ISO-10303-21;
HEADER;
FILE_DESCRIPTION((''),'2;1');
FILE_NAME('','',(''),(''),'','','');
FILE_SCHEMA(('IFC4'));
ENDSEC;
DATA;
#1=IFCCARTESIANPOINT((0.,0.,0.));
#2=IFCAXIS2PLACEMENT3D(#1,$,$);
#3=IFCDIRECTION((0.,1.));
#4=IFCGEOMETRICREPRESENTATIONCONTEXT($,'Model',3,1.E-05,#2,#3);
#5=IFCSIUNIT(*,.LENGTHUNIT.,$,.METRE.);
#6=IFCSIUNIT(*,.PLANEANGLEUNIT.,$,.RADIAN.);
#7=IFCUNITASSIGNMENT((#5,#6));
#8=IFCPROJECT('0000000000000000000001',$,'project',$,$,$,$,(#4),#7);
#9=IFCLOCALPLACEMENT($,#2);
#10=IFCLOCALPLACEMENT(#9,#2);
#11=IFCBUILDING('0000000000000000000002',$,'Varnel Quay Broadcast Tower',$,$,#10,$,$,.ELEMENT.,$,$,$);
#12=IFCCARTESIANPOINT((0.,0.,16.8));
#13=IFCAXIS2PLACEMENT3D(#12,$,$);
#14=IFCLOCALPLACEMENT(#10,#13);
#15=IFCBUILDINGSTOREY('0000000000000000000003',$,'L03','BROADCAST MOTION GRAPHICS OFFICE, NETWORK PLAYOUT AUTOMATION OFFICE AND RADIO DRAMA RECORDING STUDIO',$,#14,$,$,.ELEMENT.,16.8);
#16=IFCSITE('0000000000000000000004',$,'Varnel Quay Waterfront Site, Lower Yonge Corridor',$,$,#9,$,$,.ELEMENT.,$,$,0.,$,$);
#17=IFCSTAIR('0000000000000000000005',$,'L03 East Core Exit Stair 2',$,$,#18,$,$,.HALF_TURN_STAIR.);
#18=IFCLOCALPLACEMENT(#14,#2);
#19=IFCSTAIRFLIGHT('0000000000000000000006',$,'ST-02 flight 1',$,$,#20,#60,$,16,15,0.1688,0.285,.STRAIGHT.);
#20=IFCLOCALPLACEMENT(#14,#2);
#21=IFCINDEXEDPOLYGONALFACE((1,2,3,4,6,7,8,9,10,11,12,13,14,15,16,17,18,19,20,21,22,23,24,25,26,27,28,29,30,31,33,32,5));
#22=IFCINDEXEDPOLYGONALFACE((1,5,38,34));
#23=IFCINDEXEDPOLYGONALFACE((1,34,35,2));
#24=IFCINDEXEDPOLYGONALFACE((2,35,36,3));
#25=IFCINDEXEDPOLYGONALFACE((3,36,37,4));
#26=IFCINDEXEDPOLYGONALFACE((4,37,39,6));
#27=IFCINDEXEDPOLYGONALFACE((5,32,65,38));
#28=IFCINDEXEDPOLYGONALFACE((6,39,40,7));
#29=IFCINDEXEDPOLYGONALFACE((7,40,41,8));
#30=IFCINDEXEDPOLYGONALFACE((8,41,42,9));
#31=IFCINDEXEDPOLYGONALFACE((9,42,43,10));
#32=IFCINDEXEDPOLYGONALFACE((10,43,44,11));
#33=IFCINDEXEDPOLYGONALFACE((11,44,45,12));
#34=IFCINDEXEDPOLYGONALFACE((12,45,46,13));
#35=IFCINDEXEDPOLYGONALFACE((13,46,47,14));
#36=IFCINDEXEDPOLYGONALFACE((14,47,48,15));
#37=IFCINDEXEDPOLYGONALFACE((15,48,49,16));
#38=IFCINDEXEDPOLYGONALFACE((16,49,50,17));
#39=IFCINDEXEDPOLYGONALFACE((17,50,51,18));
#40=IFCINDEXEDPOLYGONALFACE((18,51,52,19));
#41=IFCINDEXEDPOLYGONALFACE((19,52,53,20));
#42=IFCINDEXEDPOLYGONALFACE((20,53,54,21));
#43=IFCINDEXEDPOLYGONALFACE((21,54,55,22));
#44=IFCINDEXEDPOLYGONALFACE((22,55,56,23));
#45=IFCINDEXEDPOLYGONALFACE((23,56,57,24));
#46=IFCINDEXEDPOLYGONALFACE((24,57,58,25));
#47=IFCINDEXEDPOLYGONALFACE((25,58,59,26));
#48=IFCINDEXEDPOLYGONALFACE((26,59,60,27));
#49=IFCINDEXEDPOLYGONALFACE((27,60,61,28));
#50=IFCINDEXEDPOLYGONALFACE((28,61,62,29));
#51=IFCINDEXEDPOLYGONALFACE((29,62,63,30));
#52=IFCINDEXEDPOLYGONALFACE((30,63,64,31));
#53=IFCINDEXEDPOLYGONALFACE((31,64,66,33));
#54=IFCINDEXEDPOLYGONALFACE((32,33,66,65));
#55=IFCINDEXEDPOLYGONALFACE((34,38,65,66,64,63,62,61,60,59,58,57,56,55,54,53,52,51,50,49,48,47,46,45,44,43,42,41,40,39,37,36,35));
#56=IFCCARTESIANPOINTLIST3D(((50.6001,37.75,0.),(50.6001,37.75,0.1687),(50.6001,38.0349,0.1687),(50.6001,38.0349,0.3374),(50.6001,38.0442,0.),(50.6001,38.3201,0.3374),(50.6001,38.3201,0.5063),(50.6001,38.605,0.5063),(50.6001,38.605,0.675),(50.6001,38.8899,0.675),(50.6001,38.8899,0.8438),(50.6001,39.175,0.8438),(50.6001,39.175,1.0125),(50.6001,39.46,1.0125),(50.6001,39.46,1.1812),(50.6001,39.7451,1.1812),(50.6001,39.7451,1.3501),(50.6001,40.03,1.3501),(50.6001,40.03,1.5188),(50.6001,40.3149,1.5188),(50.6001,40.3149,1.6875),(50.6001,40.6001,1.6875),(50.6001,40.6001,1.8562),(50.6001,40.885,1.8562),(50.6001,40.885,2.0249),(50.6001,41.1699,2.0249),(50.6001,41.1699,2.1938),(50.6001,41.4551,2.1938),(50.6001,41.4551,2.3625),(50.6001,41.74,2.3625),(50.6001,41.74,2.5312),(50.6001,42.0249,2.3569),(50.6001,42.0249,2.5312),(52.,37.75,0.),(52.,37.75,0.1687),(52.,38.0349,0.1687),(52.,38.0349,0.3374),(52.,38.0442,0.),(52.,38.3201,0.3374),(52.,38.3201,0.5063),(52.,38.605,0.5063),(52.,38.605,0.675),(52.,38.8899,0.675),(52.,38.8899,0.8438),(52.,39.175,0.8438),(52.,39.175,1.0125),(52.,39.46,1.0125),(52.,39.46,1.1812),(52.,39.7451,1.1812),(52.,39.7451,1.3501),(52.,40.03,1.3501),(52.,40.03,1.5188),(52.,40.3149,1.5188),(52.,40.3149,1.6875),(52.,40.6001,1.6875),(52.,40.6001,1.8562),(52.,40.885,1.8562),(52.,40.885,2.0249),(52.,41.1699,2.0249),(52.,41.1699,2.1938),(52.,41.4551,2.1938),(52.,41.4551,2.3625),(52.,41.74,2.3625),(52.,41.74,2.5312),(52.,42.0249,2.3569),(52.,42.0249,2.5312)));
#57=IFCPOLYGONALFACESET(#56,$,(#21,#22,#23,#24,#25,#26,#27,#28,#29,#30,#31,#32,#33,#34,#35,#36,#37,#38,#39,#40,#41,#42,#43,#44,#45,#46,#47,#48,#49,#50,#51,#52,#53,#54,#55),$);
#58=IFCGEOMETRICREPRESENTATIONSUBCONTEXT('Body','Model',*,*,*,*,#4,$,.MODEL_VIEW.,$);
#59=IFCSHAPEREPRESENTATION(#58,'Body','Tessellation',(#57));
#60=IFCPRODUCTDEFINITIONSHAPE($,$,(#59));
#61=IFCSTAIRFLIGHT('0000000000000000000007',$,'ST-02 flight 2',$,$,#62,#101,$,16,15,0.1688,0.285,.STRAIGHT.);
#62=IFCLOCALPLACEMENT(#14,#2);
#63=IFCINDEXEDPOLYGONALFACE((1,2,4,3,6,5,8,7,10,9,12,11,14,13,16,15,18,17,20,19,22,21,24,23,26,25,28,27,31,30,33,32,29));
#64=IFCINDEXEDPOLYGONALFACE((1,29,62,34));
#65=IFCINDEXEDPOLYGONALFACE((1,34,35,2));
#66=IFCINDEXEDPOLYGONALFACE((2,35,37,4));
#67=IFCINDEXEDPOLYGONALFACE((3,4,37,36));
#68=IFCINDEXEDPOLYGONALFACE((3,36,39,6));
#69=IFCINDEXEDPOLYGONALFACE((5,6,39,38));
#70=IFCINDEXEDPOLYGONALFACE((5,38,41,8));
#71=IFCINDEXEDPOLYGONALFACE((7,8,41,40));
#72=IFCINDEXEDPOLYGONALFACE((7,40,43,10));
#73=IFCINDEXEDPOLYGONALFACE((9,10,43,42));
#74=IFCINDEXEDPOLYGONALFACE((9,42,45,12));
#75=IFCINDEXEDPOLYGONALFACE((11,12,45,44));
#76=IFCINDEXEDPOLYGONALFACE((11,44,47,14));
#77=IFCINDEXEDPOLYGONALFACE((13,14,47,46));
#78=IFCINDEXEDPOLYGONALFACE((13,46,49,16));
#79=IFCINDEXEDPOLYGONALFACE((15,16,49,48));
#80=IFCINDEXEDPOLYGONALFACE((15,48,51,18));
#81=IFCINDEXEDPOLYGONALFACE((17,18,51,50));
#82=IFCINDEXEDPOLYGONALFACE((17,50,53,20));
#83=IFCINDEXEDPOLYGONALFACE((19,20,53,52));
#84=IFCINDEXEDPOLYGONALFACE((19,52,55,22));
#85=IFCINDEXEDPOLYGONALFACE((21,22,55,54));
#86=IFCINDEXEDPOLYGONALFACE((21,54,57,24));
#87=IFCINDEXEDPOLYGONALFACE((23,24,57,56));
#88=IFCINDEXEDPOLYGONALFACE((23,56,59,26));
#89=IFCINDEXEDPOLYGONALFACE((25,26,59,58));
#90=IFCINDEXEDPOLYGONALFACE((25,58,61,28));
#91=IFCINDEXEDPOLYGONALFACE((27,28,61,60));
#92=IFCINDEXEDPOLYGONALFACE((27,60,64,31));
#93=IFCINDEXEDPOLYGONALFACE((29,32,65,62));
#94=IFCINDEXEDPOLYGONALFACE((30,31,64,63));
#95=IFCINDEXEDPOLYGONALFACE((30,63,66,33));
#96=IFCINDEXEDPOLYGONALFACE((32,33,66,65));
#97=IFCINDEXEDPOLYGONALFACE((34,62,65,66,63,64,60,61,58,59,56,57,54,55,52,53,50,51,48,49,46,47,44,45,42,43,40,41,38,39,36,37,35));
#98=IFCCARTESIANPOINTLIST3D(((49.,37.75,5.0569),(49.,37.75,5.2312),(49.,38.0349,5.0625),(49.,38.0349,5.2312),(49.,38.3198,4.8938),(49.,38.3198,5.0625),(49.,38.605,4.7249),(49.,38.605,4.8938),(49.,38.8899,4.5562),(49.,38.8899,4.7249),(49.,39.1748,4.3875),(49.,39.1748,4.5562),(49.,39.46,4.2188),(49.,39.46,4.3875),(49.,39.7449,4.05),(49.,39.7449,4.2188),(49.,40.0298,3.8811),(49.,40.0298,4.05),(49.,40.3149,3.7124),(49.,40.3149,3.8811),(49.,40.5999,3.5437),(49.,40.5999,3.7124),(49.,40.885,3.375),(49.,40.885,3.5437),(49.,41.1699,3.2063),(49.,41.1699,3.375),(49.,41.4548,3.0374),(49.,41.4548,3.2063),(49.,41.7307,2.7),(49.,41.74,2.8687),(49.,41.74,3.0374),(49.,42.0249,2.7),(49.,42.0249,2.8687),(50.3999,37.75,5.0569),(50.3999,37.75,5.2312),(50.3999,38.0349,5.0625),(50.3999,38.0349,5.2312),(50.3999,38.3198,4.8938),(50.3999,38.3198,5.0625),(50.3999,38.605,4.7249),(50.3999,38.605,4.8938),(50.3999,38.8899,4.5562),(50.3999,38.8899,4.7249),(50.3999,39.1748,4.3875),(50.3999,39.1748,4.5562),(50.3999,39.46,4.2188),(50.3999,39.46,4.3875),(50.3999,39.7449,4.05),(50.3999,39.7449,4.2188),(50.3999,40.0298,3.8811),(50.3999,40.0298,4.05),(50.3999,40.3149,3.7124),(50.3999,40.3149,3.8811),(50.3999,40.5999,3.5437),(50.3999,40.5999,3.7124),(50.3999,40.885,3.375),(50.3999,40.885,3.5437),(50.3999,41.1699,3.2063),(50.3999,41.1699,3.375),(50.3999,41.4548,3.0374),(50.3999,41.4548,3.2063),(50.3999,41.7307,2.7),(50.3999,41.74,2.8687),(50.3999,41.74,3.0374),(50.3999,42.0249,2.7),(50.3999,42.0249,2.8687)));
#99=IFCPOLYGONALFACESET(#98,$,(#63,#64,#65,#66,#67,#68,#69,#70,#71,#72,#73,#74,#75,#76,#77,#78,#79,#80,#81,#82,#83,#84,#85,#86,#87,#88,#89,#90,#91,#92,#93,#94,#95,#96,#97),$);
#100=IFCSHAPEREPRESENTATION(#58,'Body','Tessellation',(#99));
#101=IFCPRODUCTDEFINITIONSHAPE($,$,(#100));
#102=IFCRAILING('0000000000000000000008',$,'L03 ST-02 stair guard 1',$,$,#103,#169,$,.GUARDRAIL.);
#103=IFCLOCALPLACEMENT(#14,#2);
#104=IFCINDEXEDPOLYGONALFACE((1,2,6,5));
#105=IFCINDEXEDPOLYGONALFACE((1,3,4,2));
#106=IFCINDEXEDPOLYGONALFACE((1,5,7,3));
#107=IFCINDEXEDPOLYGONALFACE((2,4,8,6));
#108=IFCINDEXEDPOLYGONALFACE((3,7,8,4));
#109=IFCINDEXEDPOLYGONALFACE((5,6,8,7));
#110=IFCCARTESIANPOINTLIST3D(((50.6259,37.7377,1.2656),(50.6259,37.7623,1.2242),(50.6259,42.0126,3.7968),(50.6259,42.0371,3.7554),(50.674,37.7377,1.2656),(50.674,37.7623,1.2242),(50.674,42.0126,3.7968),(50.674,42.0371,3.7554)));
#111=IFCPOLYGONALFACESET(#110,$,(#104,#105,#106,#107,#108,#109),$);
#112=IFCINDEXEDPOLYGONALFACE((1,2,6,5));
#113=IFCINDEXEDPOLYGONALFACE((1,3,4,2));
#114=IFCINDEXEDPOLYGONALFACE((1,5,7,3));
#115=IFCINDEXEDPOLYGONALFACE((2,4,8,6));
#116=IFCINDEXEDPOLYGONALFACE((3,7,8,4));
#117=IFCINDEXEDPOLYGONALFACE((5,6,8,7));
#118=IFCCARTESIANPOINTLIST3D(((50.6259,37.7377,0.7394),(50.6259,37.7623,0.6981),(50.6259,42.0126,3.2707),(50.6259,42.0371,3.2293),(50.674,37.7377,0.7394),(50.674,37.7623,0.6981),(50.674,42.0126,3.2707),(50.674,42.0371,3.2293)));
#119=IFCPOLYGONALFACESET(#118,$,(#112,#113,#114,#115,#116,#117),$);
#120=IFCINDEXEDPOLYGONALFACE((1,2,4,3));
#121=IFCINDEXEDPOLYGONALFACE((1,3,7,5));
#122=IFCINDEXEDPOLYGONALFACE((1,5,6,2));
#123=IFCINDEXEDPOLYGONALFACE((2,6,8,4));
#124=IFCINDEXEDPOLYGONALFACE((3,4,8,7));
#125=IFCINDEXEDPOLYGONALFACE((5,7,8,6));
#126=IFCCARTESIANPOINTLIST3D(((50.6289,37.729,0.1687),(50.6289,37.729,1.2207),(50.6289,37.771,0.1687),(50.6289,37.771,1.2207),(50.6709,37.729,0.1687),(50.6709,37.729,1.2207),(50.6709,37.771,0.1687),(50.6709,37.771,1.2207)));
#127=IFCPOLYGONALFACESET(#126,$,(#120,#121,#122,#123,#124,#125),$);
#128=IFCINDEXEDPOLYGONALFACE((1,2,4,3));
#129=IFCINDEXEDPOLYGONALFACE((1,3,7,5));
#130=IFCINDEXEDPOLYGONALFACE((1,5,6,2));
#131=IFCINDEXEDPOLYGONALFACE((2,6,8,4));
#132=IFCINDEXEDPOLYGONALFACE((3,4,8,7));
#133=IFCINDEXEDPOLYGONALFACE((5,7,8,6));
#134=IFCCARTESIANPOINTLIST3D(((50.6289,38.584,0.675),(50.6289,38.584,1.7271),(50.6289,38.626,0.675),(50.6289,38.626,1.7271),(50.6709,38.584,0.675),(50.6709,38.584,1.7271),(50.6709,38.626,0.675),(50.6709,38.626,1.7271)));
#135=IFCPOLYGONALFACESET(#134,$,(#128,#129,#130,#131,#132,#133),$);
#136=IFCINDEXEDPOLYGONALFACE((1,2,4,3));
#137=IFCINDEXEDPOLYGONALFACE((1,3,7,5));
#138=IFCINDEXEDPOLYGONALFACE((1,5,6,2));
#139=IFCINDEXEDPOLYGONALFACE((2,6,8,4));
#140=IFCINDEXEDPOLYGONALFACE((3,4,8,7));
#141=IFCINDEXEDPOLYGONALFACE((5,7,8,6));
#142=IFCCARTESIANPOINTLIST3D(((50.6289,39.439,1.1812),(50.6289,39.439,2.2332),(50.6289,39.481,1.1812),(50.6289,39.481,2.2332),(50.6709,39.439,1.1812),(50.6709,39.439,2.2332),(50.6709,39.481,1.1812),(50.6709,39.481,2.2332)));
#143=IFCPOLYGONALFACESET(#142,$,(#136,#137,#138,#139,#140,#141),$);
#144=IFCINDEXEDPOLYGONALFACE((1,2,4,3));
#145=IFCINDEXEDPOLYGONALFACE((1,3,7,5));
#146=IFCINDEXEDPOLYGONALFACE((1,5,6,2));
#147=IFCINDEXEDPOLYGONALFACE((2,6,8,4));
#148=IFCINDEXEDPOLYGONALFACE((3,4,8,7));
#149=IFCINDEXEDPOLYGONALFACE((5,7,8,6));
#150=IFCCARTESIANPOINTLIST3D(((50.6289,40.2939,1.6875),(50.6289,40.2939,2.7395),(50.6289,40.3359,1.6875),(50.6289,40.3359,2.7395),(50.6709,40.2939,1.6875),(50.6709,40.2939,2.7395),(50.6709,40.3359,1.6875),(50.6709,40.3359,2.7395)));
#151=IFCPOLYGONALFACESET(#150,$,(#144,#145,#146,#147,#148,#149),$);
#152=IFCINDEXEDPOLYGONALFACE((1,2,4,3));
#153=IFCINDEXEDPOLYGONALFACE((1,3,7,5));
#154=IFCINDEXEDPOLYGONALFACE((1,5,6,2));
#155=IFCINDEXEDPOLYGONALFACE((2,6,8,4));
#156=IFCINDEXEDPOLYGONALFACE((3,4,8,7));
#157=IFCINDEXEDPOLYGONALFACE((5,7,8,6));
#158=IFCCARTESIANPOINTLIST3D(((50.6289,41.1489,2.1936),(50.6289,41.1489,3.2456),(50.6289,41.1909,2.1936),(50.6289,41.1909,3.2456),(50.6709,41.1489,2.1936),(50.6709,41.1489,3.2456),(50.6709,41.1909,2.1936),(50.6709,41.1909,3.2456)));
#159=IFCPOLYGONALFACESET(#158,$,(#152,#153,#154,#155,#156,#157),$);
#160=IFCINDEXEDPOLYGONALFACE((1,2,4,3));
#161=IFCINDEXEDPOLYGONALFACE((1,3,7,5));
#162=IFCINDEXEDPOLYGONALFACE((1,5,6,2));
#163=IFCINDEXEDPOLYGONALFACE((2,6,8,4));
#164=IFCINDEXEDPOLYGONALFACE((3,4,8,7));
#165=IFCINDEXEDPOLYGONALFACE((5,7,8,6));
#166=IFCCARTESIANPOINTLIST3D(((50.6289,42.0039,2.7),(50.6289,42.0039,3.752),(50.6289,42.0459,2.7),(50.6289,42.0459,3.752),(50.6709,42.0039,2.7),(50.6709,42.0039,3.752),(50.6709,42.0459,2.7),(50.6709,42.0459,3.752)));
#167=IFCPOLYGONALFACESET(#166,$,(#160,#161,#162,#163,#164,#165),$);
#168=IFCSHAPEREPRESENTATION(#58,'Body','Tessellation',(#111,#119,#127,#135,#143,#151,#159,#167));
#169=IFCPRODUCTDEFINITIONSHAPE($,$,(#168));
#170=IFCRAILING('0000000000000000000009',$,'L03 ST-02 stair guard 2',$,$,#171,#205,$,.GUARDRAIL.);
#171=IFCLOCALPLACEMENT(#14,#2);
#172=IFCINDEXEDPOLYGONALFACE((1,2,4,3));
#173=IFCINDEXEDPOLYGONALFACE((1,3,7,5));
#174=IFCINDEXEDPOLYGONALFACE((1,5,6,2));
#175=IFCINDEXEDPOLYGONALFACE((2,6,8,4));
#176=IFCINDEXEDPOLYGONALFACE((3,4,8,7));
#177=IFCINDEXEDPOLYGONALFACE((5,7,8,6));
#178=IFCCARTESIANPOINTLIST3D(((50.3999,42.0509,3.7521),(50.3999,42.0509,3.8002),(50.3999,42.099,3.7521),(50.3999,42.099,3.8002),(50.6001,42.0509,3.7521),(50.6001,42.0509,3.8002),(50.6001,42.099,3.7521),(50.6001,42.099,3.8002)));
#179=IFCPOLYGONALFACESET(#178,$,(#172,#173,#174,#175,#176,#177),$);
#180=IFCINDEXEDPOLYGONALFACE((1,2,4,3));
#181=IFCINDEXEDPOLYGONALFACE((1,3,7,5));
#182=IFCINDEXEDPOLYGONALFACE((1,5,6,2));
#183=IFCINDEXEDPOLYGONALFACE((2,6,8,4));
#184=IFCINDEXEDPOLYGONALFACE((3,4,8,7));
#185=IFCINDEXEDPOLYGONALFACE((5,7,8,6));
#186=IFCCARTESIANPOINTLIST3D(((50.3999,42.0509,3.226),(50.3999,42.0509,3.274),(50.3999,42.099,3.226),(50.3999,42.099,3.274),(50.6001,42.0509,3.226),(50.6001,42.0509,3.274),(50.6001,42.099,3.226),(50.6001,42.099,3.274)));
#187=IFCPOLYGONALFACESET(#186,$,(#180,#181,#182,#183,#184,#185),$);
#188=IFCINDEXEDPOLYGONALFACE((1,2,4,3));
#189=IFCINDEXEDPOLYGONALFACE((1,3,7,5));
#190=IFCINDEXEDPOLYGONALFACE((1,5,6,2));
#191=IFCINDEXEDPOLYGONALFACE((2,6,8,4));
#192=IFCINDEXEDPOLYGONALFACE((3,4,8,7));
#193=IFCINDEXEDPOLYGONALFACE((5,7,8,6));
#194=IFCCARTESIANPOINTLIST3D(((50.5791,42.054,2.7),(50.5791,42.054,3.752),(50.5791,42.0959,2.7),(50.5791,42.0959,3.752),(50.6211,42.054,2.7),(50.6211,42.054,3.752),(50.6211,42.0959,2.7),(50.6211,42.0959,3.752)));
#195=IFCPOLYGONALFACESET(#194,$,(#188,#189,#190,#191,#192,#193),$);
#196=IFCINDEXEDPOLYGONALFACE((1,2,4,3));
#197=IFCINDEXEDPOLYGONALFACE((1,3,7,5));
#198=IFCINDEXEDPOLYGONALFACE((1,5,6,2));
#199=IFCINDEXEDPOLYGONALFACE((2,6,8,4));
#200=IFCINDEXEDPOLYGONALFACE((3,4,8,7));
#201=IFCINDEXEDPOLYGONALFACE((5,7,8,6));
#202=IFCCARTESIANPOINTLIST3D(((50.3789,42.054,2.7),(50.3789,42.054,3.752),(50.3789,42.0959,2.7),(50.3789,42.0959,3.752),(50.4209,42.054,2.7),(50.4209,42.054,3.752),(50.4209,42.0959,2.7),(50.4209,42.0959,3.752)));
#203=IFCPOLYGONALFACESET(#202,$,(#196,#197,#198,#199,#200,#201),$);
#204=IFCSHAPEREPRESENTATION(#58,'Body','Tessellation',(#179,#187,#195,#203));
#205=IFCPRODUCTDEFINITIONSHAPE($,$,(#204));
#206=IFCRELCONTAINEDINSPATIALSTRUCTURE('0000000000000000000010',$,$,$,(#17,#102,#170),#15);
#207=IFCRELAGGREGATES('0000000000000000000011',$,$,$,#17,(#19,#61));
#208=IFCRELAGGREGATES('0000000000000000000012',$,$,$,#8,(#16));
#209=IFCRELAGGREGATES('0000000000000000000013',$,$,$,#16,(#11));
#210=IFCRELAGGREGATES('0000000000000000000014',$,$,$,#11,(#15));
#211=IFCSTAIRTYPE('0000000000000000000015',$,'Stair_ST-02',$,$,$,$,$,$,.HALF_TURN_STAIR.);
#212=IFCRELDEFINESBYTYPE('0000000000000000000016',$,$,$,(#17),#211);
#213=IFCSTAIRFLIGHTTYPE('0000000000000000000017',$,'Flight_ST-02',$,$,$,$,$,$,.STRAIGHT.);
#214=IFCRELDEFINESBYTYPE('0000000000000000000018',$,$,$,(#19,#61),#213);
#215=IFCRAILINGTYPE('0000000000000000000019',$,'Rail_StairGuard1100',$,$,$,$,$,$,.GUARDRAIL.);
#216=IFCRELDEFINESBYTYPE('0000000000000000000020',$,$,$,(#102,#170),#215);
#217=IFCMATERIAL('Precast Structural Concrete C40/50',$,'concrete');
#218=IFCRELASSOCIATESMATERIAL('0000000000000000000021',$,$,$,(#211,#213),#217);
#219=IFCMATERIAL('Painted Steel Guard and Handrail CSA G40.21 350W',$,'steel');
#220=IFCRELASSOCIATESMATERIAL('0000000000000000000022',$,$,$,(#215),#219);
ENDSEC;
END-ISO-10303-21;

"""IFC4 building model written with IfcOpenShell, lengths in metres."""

from ifc_helpers import new_model, si_unit, direction, frame, origin, origin_2d, place, context, subcontext, project, spatial, polyline, rectangle, outline, extrude, material, type_object, element, aggregate, save


model = new_model("IFC4")

# Units and contexts
model_context = context("Model", 3, precision=1e-05, world=origin(), true_north=direction((0.0, 1.0)))
body_context = subcontext(model_context, "Body", "Model", "MODEL_VIEW")
ifc_project = project(units=[si_unit("LENGTHUNIT", "METRE"), si_unit("PLANEANGLEUNIT", "RADIAN")], contexts=[model_context])

# Site, building, storey
site_placement = place(None, origin())
site = spatial("IfcSite", under=ifc_project, at=site_placement, Name="Varnel Quay Waterfront Site, Lower Yonge Corridor", CompositionType="ELEMENT", RefElevation=0.0)
building_placement = place(site_placement, origin())
building = spatial("IfcBuilding", under=site, at=building_placement, Name="Varnel Quay Broadcast Tower", CompositionType="ELEMENT")
storey_placement = place(building_placement, frame((0.0, 0.0, 16.8)))
storey = spatial("IfcBuildingStorey", under=building, at=storey_placement, Name="L03", Description="BROADCAST MOTION GRAPHICS OFFICE, NETWORK PLAYOUT AUTOMATION OFFICE AND RADIO DRAMA RECORDING STUDIO", CompositionType="ELEMENT", Elevation=16.8)

# Stair, stair flights
ifc_material_1 = material(Name="Precast Structural Concrete C40/50", Category="concrete")
stair_type = type_object("IfcStairType", Name="Stair_ST-02", PredefinedType="HALF_TURN_STAIR", material=ifc_material_1)
stair_placement = place(storey_placement, origin())
stair = element("IfcStair", 1, at=stair_placement, inside=storey, type_object=stair_type, Name="L03 East Core Exit Stair 2", PredefinedType="HALF_TURN_STAIR")
stair_flight_type = type_object("IfcStairFlightType", Name="Flight_ST-02", PredefinedType="STRAIGHT", material=ifc_material_1)
stair_flight_1_placement = place(storey_placement, frame((51.3, 37.75, 0.0), z_axis=(0.0, 0.0, 1.0), x_axis=(0.0, 1.0, 0.0)))
stair_flight_1 = element("IfcStairFlight", 2, at=stair_flight_1_placement, type_object=stair_flight_type, Name="ST-02 flight 1", NumberOfRisers=16, NumberOfTreads=15, PredefinedType="STRAIGHT", RiserHeight=0.1688, TreadLength=0.285, context=body_context, shape_type="SweptSolid", body=[
    extrude(outline(polyline([(0.0, 0.0), (0.0, 0.1687), (0.2849, 0.1687), (0.2849, 0.3374), (0.5701, 0.3374), (0.5701, 0.5063), (0.855, 0.5063), (0.855, 0.675), (1.1399, 0.675), (1.1399, 0.8438), (1.425, 0.8438), (1.425, 1.0125), (1.71, 1.0125), (1.71, 1.1812), (1.9951, 1.1812), (1.9951, 1.3501), (2.28, 1.3501), (2.28, 1.5188), (2.5649, 1.5188), (2.5649, 1.6875), (2.8501, 1.6875), (2.8501, 1.8562), (3.135, 1.8562), (3.135, 2.0249), (3.4199, 2.0249), (3.4199, 2.1938), (3.7051, 2.1938), (3.7051, 2.3625), (3.99, 2.3625), (3.99, 2.5312), (4.2749, 2.5312), (4.2749, 2.7), (4.2749, 2.3569), (0.2942, 0.0), (0.0, 0.0)])), frame((0.0, 0.7, 0.0), z_axis=(0.0, -1.0, 0.0), x_axis=(1.0, 0.0, 0.0)), (0.0, 0.0, 1.0), 1.3999),
])
stair_flight_2_placement = place(storey_placement, frame((49.7, 42.0249, 2.7), z_axis=(0.0, 0.0, 1.0), x_axis=(0.0, -1.0, 0.0)))
stair_flight_2 = element("IfcStairFlight", 3, at=stair_flight_2_placement, type_object=stair_flight_type, Name="ST-02 flight 2", NumberOfRisers=16, NumberOfTreads=15, PredefinedType="STRAIGHT", RiserHeight=0.1688, TreadLength=0.285, context=body_context, shape_type="SweptSolid", body=[
    extrude(outline(polyline([(0.0, 0.0), (0.0, 0.1687), (0.2849, 0.1687), (0.2849, 0.3374), (0.5701, 0.3374), (0.5701, 0.5063), (0.855, 0.5063), (0.855, 0.675), (1.1399, 0.675), (1.1399, 0.8438), (1.425, 0.8438), (1.425, 1.0125), (1.71, 1.0125), (1.71, 1.1812), (1.9951, 1.1812), (1.9951, 1.3501), (2.28, 1.3501), (2.28, 1.5188), (2.5649, 1.5188), (2.5649, 1.6875), (2.8501, 1.6875), (2.8501, 1.8562), (3.135, 1.8562), (3.135, 2.0249), (3.4199, 2.0249), (3.4199, 2.1938), (3.7051, 2.1938), (3.7051, 2.3625), (3.99, 2.3625), (3.99, 2.5312), (4.2749, 2.5312), (4.2749, 2.7), (4.2749, 2.3569), (0.2942, 0.0), (0.0, 0.0)])), frame((0.0, 0.7, 0.0), z_axis=(0.0, -1.0, 0.0), x_axis=(1.0, 0.0, 0.0)), (0.0, 0.0, 1.0), 1.3999),
])
aggregate(stair, [stair_flight_1, stair_flight_2])

# Railings
ifc_material_2 = material(Name="Painted Steel Guard and Handrail CSA G40.21 350W", Category="steel")
railing_type_1 = type_object("IfcRailingType", Name="Rail_StairGuard1100", PredefinedType="GUARDRAIL", material=ifc_material_2)
railing_1_placement = place(storey_placement, frame((50.6499, 37.75, 0.1687)))
element("IfcRailing", 4, at=railing_1_placement, inside=storey, type_object=railing_type_1, Name="L03 ST-02 stair guard 1", PredefinedType="GUARDRAIL", context=body_context, shape_type="SweptSolid", body=[
    extrude(rectangle(XDim=0.0481, YDim=0.0481, at=origin_2d()), frame((0.0, 0.0, 1.0762), z_axis=(0.0, 0.86047, 0.509501), x_axis=(-1.0, 0.0, 0.0)), (0.0, 0.0, 1.0), 4.968),
    extrude(rectangle(XDim=0.0481, YDim=0.0481, at=origin_2d()), frame((0.0, 0.0, 0.55), z_axis=(0.0, 0.86047, 0.509501), x_axis=(-1.0, 0.0, 0.0)), (0.0, 0.0, 1.0), 4.968),
    extrude(rectangle(XDim=0.042, YDim=0.042, at=origin_2d()), origin(), (0.0, 0.0, 1.0), 1.052),
    extrude(rectangle(XDim=0.042, YDim=0.042, at=origin_2d()), frame((0.0, 0.855, 0.5063)), (0.0, 0.0, 1.0), 1.052),
    extrude(rectangle(XDim=0.042, YDim=0.042, at=origin_2d()), frame((0.0, 1.71, 1.0125)), (0.0, 0.0, 1.0), 1.052),
    extrude(rectangle(XDim=0.042, YDim=0.042, at=origin_2d()), frame((0.0, 2.5649, 1.5188)), (0.0, 0.0, 1.0), 1.052),
    extrude(rectangle(XDim=0.042, YDim=0.042, at=origin_2d()), frame((0.0, 3.4199, 2.0249)), (0.0, 0.0, 1.0), 1.052),
    extrude(rectangle(XDim=0.042, YDim=0.042, at=origin_2d()), frame((0.0, 4.2749, 2.5312)), (0.0, 0.0, 1.0), 1.052),
])
railing_2_placement = place(storey_placement, frame((50.6001, 42.075, 2.7)))
element("IfcRailing", 5, at=railing_2_placement, inside=storey, type_object=railing_type_1, Name="L03 ST-02 stair guard 2", PredefinedType="GUARDRAIL", context=body_context, shape_type="SweptSolid", body=[
    extrude(rectangle(XDim=0.0481, YDim=0.0481, at=origin_2d()), frame((0.0, 0.0, 1.0762), z_axis=(-1.0, 0.0, 0.0), x_axis=(0.0, -1.0, 0.0)), (0.0, 0.0, 1.0), 0.2002),
    extrude(rectangle(XDim=0.0481, YDim=0.0481, at=origin_2d()), frame((0.0, 0.0, 0.55), z_axis=(-1.0, 0.0, 0.0), x_axis=(0.0, -1.0, 0.0)), (0.0, 0.0, 1.0), 0.2002),
    extrude(rectangle(XDim=0.042, YDim=0.042, at=origin_2d()), origin(), (0.0, 0.0, 1.0), 1.052),
    extrude(rectangle(XDim=0.042, YDim=0.042, at=origin_2d()), frame((-0.2002, 0.0, 0.0)), (0.0, 0.0, 1.0), 1.052),
])

save(model, "model.ifc")
